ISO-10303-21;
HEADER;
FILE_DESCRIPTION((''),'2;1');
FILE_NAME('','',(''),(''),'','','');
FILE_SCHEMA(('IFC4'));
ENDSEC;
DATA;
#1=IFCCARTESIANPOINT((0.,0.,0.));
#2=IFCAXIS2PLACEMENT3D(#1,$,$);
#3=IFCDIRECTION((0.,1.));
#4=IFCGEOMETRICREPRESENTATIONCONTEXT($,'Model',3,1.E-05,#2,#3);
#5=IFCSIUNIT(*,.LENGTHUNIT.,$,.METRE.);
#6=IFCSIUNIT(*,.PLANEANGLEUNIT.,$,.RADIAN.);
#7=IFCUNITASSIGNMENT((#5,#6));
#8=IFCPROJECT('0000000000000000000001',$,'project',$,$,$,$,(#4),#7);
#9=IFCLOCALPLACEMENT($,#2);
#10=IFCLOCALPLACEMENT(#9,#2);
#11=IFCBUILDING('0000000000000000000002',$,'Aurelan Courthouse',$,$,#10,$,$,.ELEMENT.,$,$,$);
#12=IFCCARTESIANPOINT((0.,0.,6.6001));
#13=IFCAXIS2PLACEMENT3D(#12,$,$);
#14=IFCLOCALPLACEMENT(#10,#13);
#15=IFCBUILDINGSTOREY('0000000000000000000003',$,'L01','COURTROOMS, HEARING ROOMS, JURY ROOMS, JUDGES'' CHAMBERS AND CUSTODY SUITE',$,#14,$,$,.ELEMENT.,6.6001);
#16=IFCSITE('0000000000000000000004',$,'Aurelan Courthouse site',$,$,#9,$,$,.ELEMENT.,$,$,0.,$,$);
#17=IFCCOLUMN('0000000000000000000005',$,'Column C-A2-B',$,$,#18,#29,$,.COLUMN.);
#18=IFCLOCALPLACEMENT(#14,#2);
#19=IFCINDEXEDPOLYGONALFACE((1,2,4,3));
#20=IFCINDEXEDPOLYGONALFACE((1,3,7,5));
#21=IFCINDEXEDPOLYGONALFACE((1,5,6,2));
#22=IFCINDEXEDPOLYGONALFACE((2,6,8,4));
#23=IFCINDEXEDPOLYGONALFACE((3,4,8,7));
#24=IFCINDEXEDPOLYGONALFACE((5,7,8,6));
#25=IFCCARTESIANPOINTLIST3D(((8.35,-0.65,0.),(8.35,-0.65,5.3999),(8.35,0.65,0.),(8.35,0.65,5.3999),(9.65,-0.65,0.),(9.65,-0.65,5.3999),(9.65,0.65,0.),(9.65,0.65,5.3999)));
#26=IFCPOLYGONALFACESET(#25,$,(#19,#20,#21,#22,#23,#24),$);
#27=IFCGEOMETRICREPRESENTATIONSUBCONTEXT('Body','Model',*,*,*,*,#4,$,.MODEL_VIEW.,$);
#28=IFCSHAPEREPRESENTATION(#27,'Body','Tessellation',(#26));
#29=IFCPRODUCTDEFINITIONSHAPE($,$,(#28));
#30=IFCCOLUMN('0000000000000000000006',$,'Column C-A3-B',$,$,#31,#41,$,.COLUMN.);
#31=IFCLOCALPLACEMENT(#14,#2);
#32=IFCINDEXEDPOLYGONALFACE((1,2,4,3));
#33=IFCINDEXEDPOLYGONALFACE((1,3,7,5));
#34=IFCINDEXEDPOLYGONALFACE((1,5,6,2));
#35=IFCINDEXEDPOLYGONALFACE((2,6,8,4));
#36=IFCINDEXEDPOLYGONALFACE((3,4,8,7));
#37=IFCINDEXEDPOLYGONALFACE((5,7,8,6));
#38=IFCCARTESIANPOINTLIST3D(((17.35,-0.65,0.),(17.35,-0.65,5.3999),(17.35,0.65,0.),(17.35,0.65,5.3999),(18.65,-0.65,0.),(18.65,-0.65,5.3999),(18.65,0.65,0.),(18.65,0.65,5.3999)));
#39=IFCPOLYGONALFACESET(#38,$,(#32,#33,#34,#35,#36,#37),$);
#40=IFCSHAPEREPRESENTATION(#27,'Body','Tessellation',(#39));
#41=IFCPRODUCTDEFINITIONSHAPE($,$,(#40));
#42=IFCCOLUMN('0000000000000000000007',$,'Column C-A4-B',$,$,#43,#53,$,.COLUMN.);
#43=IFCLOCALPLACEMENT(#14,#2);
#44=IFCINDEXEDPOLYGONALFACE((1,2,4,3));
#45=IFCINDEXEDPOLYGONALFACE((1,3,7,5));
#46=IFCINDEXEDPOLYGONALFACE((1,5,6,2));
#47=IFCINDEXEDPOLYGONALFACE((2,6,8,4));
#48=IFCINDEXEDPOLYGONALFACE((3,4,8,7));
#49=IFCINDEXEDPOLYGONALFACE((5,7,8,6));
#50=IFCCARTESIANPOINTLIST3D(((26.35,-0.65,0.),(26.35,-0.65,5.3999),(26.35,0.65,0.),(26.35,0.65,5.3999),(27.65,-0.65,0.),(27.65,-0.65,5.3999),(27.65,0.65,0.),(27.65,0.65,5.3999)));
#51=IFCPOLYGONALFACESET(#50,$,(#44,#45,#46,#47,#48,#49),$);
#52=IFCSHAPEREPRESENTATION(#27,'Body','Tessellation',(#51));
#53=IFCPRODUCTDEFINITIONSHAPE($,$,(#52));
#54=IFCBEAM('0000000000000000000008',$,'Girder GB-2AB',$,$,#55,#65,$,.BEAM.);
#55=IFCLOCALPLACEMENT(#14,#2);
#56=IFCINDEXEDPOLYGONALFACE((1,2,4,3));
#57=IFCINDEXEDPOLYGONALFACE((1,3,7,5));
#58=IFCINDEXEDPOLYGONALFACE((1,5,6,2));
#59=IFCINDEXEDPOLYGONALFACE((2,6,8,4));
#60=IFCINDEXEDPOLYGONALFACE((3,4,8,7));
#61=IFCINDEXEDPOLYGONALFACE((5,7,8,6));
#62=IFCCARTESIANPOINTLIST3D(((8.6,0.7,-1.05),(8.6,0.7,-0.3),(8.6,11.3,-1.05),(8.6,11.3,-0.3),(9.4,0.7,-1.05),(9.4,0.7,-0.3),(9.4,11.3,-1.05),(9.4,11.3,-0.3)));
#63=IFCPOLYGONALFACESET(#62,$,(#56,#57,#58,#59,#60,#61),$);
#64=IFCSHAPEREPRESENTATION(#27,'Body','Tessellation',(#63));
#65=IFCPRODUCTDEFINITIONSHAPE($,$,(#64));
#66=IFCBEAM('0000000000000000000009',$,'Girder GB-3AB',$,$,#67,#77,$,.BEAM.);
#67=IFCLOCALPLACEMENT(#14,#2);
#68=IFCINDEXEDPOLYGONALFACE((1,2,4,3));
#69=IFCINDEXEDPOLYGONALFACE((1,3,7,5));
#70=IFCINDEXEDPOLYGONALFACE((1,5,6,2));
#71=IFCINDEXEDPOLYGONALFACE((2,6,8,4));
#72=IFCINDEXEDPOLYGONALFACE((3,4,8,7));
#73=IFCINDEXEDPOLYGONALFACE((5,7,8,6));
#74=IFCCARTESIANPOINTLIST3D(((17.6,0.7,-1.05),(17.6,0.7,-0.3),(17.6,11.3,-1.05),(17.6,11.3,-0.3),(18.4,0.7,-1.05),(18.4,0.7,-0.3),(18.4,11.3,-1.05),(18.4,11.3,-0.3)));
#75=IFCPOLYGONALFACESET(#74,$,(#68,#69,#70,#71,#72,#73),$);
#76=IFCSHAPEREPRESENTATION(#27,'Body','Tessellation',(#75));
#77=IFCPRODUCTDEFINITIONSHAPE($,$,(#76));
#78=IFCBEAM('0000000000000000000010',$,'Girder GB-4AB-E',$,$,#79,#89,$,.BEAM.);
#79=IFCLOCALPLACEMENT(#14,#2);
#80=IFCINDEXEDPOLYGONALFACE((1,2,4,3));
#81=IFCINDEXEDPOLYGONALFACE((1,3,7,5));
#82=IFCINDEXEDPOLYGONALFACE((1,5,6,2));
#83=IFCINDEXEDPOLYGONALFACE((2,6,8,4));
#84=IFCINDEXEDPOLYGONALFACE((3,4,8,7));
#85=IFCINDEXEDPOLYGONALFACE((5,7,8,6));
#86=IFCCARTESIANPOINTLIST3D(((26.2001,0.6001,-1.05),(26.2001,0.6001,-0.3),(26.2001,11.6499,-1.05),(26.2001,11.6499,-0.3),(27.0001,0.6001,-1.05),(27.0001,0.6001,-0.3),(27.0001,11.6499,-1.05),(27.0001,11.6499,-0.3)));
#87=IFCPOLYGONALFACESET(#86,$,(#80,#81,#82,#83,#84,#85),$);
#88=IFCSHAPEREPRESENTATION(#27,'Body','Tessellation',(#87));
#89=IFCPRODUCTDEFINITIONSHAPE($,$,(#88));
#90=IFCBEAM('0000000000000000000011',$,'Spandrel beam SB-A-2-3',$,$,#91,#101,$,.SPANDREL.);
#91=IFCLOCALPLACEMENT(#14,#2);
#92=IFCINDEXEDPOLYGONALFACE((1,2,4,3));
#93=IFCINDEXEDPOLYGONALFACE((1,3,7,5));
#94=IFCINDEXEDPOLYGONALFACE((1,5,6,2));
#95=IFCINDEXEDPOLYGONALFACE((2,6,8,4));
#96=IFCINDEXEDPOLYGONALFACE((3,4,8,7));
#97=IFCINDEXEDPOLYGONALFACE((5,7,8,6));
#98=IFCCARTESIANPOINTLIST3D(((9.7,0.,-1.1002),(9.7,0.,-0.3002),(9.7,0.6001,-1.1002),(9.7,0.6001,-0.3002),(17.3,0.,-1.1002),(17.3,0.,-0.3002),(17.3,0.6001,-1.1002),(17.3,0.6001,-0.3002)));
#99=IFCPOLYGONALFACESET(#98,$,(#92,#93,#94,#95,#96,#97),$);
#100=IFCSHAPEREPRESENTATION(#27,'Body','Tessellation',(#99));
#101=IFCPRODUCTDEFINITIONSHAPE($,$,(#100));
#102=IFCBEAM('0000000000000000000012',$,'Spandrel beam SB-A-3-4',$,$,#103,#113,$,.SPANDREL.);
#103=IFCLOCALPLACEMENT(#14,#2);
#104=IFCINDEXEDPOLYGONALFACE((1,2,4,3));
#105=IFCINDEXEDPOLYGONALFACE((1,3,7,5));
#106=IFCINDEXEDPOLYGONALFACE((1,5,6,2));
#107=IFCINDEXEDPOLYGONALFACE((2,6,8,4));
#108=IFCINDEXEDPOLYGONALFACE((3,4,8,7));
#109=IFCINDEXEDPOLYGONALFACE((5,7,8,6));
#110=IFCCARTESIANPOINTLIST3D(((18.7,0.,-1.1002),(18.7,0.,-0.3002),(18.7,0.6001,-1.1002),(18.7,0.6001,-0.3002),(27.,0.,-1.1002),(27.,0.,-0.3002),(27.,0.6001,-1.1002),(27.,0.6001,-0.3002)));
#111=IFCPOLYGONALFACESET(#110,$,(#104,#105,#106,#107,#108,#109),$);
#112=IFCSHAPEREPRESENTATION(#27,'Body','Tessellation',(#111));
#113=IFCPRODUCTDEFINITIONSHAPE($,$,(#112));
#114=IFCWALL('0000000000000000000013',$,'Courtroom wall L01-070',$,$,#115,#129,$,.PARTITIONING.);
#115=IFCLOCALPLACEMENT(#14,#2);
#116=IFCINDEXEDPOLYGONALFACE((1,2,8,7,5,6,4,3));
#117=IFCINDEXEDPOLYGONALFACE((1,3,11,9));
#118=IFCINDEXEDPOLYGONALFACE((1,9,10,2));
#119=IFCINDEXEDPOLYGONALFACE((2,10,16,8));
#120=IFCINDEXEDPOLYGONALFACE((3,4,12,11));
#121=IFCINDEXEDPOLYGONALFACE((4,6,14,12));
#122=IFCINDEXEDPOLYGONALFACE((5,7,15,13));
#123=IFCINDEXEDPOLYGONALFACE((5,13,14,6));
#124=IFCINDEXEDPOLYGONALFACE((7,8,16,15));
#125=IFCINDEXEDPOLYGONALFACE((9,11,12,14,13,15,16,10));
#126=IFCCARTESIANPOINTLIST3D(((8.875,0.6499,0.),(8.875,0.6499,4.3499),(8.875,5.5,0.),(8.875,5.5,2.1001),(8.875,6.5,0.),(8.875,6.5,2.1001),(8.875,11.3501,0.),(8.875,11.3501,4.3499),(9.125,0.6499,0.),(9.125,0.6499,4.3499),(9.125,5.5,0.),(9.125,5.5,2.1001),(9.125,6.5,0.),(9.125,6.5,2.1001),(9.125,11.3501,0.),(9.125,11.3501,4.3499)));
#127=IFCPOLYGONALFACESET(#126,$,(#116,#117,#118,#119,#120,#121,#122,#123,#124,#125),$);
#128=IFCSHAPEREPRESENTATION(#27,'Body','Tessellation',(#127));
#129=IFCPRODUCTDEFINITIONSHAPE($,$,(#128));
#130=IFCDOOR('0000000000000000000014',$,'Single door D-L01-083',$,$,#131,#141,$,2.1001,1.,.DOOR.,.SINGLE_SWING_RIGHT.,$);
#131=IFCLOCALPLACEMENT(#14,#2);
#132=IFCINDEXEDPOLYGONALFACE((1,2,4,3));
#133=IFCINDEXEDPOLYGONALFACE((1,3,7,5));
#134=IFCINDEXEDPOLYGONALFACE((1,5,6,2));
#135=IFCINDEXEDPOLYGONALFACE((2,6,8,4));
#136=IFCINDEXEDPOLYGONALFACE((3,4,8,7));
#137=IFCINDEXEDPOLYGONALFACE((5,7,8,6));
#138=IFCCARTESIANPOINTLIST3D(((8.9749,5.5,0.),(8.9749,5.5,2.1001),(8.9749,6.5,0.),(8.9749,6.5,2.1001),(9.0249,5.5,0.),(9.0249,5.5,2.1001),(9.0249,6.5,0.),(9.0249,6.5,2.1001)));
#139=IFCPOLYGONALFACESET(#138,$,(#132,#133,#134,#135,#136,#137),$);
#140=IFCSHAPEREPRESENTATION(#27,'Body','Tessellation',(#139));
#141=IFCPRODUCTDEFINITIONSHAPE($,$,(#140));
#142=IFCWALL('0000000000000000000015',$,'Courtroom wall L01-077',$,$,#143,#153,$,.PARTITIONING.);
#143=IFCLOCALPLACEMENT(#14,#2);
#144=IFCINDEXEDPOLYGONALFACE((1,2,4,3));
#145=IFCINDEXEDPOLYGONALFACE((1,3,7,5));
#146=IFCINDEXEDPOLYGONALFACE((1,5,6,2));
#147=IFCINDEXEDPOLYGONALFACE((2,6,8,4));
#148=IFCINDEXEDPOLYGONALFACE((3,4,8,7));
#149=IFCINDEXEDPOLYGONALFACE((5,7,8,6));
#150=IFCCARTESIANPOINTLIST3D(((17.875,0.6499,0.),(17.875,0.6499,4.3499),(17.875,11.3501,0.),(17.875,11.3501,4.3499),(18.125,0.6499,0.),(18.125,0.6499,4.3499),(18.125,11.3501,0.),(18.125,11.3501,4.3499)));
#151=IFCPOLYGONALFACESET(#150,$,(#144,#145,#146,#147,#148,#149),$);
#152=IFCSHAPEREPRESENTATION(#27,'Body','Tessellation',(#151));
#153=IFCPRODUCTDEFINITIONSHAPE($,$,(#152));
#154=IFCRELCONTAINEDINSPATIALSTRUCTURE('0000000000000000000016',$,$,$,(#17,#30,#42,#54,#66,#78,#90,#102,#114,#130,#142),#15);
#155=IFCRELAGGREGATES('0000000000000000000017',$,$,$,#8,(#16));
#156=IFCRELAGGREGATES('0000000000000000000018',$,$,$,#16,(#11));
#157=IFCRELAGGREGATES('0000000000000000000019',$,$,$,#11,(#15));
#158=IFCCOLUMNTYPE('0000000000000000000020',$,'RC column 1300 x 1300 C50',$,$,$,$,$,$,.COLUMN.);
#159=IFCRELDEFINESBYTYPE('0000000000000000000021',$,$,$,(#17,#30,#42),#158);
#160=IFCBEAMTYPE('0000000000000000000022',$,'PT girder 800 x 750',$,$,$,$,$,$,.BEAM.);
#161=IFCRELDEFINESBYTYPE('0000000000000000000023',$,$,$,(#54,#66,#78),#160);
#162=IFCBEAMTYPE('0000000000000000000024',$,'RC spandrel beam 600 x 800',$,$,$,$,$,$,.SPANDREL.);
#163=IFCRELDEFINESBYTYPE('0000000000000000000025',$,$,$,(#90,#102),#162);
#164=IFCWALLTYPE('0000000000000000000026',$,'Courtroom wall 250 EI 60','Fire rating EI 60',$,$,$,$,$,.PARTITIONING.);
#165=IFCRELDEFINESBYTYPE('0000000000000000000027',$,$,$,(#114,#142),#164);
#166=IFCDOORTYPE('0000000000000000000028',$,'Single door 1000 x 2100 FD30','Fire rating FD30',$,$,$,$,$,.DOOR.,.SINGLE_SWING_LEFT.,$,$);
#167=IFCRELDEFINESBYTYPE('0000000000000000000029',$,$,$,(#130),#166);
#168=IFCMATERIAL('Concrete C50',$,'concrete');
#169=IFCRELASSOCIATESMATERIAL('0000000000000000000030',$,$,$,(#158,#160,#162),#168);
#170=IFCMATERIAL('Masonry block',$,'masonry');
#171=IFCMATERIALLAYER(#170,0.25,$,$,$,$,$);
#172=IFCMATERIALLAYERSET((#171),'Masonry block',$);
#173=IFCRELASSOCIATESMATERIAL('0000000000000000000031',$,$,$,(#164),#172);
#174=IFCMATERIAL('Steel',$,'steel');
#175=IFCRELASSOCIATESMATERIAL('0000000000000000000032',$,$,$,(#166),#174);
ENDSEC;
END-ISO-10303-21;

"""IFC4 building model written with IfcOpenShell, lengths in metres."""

from ifc_helpers import new_model, si_unit, direction, frame, frame_2d, origin, origin_2d, place, context, subcontext, project, spatial, rectangle, extrude, material, layer, layer_set, material_profile, profile_set, type_object, element, fill, save


model = new_model("IFC4")

# Units and contexts
model_context = context("Model", 3, precision=1e-05, world=origin(), true_north=direction((0.0, 1.0)))
body_context = subcontext(model_context, "Body", "Model", "MODEL_VIEW")
ifc_project = project(units=[si_unit("LENGTHUNIT", "METRE"), si_unit("PLANEANGLEUNIT", "RADIAN")], contexts=[model_context])

# Site, building, storey
site_placement = place(None, origin())
site = spatial("IfcSite", under=ifc_project, at=site_placement, Name="Aurelan Courthouse site", CompositionType="ELEMENT", RefElevation=0.0)
building_placement = place(site_placement, origin())
building = spatial("IfcBuilding", under=site, at=building_placement, Name="Aurelan Courthouse", CompositionType="ELEMENT")
storey_placement = place(building_placement, frame((0.0, 0.0, 6.6001)))
storey = spatial("IfcBuildingStorey", under=building, at=storey_placement, Name="L01", Description="COURTROOMS, HEARING ROOMS, JURY ROOMS, JUDGES' CHAMBERS AND CUSTODY SUITE", CompositionType="ELEMENT", Elevation=6.6001)

# Columns
ifc_material_1 = material(Name="Concrete C50", Category="concrete")
ifc_material_profile_1 = material_profile(ifc_material_1, rectangle(XDim=1.3, YDim=1.3, at=origin_2d()), Name="RC 1300 x 1300")
ifc_profile_set_1 = profile_set([ifc_material_profile_1], Name="Concrete C50")
column_type = type_object("IfcColumnType", Name="RC column 1300 x 1300 C50", PredefinedType="COLUMN", material=ifc_profile_set_1)
for number, where, z_axis, x_axis, name in (
    (1, (9.0, 0.0, 0.0), (0.0, 0.0, 1.0), (1.0, 0.0, 0.0), "Column C-A2-B"),
    (2, (18.0, 0.0, 0.0), (0.0, 0.0, 1.0), (1.0, 0.0, 0.0), "Column C-A3-B"),
    (3, (27.0, 0.0, 0.0), (0.0, 0.0, 1.0), (1.0, 0.0, 0.0), "Column C-A4-B"),
):
    element("IfcColumn", number, at=place(storey_placement, frame(where, z_axis=z_axis, x_axis=x_axis)), inside=storey, type_object=column_type, Name=name, PredefinedType="COLUMN", context=body_context, shape_type="SweptSolid", body=[
        extrude(rectangle(XDim=1.3, YDim=1.3, at=origin_2d()), origin(), (0.0, 0.0, 1.0), 5.3999),
    ])

# Beams
ifc_material_profile_2 = material_profile(ifc_material_1, rectangle(XDim=0.8, YDim=0.75, at=origin_2d()), Name="RC 800 x 750")
ifc_profile_set_2 = profile_set([ifc_material_profile_2], Name="Concrete C50")
beam_type_1 = type_object("IfcBeamType", Name="PT girder 800 x 750", PredefinedType="BEAM", material=ifc_profile_set_2)
for number, where, z_axis, x_axis, name in (
    (4, (9.0, 0.7, -0.675), (0.0, 1.0, 0.0), (-1.0, 0.0, 0.0), "Girder GB-2AB"),
    (5, (18.0, 0.7, -0.675), (0.0, 1.0, 0.0), (-1.0, 0.0, 0.0), "Girder GB-3AB"),
):
    element("IfcBeam", number, at=place(storey_placement, frame(where, z_axis=z_axis, x_axis=x_axis)), inside=storey, type_object=beam_type_1, Name=name, PredefinedType="BEAM", context=body_context, shape_type="SweptSolid", body=[
        extrude(rectangle(XDim=0.8, YDim=0.75, at=origin_2d()), origin(), (0.0, 0.0, 1.0), 10.6001),
    ])
beam_1_placement = place(storey_placement, frame((26.6001, 0.6001, -0.675), z_axis=(0.0, 1.0, 0.0), x_axis=(-1.0, 0.0, 0.0)))
element("IfcBeam", 6, at=beam_1_placement, inside=storey, type_object=beam_type_1, Name="Girder GB-4AB-E", PredefinedType="BEAM", context=body_context, shape_type="SweptSolid", body=[
    extrude(rectangle(XDim=0.8, YDim=0.75, at=origin_2d()), origin(), (0.0, 0.0, 1.0), 11.0498),
])
ifc_material_profile_3 = material_profile(ifc_material_1, rectangle(XDim=0.6001, YDim=0.8, at=origin_2d()), Name="RC 600 x 800")
ifc_profile_set_3 = profile_set([ifc_material_profile_3], Name="Concrete C50")
beam_type_2 = type_object("IfcBeamType", Name="RC spandrel beam 600 x 800", PredefinedType="SPANDREL", material=ifc_profile_set_3)
beam_2_placement = place(storey_placement, frame((9.7, 0.3, -0.7002), z_axis=(1.0, 0.0, 0.0), x_axis=(0.0, 1.0, 0.0)))
element("IfcBeam", 7, at=beam_2_placement, inside=storey, type_object=beam_type_2, Name="Spandrel beam SB-A-2-3", PredefinedType="SPANDREL", context=body_context, shape_type="SweptSolid", body=[
    extrude(rectangle(XDim=0.6001, YDim=0.8, at=origin_2d()), origin(), (0.0, 0.0, 1.0), 7.6001),
])
beam_3_placement = place(storey_placement, frame((18.7, 0.3, -0.7002), z_axis=(1.0, 0.0, 0.0), x_axis=(0.0, 1.0, 0.0)))
element("IfcBeam", 8, at=beam_3_placement, inside=storey, type_object=beam_type_2, Name="Spandrel beam SB-A-3-4", PredefinedType="SPANDREL", context=body_context, shape_type="SweptSolid", body=[
    extrude(rectangle(XDim=0.6001, YDim=0.8, at=origin_2d()), origin(), (0.0, 0.0, 1.0), 8.3),
])

# Wall, opening, door
ifc_material_2 = material(Name="Masonry block", Category="masonry")
ifc_layer_1 = layer(ifc_material_2, 0.25)
ifc_layer_set_1 = layer_set([ifc_layer_1], Name="Masonry block")
wall_type_1 = type_object("IfcWallType", Name="Courtroom wall 250 EI 60", Description="Fire rating EI 60", PredefinedType="PARTITIONING", material=ifc_layer_set_1)
wall_1_placement = place(storey_placement, frame((9.0, 0.6499, 0.0), z_axis=(0.0, 0.0, 1.0), x_axis=(0.0, 1.0, 0.0)))
wall_1 = element("IfcWall", 9, at=wall_1_placement, inside=storey, type_object=wall_type_1, Name="Courtroom wall L01-070", PredefinedType="PARTITIONING", context=body_context, shape_type="SweptSolid", body=[
    extrude(rectangle(XDim=10.7002, YDim=0.25, at=frame_2d((5.3501, 0.0))), origin(), (0.0, 0.0, 1.0), 4.3499),
])
opening_1_placement = place(wall_1_placement, frame((5.8501, 0.0, 0.0), z_axis=(0.0, 0.0, 1.0), x_axis=(-1.0, 0.0, 0.0)))
opening_1 = element("IfcOpeningElement", 10, at=opening_1_placement, cuts=wall_1, PredefinedType="OPENING", context=body_context, shape_type="SweptSolid", body=[
    extrude(rectangle(XDim=1.0, YDim=2.1001, at=frame_2d((0.5, 1.05))), frame((0.0, 0.135, 0.0), z_axis=(0.0, -1.0, 0.0), x_axis=(1.0, 0.0, 0.0)), (0.0, 0.0, 1.0), 0.27),
])
ifc_material_3 = material(Name="Steel", Category="steel")
door_type_1 = type_object("IfcDoorType", Name="Single door 1000 x 2100 FD30", Description="Fire rating FD30", OperationType="SINGLE_SWING_LEFT", PredefinedType="DOOR", material=ifc_material_3)
door_1_placement = place(opening_1_placement, origin())
door_1 = element("IfcDoor", 11, at=door_1_placement, inside=storey, type_object=door_type_1, Name="Single door D-L01-083", OperationType="SINGLE_SWING_RIGHT", OverallHeight=2.1001, OverallWidth=1.0, PredefinedType="DOOR", context=body_context, shape_type="SweptSolid", body=[
    extrude(rectangle(XDim=1.0, YDim=2.1001, at=frame_2d((0.5, 1.05))), frame((0.0, 0.0249, 0.0), z_axis=(0.0, -1.0, 0.0), x_axis=(1.0, 0.0, 0.0)), (0.0, 0.0, 1.0), 0.05),
])
fill(opening_1, door_1)

# Wall
wall_2_placement = place(storey_placement, frame((18.0, 0.6499, 0.0), z_axis=(0.0, 0.0, 1.0), x_axis=(0.0, 1.0, 0.0)))
element("IfcWall", 12, at=wall_2_placement, inside=storey, type_object=wall_type_1, Name="Courtroom wall L01-077", PredefinedType="PARTITIONING", context=body_context, shape_type="SweptSolid", body=[
    extrude(rectangle(XDim=10.7002, YDim=0.25, at=frame_2d((5.3501, 0.0))), origin(), (0.0, 0.0, 1.0), 4.3499),
])

save(model, "model.ifc")
